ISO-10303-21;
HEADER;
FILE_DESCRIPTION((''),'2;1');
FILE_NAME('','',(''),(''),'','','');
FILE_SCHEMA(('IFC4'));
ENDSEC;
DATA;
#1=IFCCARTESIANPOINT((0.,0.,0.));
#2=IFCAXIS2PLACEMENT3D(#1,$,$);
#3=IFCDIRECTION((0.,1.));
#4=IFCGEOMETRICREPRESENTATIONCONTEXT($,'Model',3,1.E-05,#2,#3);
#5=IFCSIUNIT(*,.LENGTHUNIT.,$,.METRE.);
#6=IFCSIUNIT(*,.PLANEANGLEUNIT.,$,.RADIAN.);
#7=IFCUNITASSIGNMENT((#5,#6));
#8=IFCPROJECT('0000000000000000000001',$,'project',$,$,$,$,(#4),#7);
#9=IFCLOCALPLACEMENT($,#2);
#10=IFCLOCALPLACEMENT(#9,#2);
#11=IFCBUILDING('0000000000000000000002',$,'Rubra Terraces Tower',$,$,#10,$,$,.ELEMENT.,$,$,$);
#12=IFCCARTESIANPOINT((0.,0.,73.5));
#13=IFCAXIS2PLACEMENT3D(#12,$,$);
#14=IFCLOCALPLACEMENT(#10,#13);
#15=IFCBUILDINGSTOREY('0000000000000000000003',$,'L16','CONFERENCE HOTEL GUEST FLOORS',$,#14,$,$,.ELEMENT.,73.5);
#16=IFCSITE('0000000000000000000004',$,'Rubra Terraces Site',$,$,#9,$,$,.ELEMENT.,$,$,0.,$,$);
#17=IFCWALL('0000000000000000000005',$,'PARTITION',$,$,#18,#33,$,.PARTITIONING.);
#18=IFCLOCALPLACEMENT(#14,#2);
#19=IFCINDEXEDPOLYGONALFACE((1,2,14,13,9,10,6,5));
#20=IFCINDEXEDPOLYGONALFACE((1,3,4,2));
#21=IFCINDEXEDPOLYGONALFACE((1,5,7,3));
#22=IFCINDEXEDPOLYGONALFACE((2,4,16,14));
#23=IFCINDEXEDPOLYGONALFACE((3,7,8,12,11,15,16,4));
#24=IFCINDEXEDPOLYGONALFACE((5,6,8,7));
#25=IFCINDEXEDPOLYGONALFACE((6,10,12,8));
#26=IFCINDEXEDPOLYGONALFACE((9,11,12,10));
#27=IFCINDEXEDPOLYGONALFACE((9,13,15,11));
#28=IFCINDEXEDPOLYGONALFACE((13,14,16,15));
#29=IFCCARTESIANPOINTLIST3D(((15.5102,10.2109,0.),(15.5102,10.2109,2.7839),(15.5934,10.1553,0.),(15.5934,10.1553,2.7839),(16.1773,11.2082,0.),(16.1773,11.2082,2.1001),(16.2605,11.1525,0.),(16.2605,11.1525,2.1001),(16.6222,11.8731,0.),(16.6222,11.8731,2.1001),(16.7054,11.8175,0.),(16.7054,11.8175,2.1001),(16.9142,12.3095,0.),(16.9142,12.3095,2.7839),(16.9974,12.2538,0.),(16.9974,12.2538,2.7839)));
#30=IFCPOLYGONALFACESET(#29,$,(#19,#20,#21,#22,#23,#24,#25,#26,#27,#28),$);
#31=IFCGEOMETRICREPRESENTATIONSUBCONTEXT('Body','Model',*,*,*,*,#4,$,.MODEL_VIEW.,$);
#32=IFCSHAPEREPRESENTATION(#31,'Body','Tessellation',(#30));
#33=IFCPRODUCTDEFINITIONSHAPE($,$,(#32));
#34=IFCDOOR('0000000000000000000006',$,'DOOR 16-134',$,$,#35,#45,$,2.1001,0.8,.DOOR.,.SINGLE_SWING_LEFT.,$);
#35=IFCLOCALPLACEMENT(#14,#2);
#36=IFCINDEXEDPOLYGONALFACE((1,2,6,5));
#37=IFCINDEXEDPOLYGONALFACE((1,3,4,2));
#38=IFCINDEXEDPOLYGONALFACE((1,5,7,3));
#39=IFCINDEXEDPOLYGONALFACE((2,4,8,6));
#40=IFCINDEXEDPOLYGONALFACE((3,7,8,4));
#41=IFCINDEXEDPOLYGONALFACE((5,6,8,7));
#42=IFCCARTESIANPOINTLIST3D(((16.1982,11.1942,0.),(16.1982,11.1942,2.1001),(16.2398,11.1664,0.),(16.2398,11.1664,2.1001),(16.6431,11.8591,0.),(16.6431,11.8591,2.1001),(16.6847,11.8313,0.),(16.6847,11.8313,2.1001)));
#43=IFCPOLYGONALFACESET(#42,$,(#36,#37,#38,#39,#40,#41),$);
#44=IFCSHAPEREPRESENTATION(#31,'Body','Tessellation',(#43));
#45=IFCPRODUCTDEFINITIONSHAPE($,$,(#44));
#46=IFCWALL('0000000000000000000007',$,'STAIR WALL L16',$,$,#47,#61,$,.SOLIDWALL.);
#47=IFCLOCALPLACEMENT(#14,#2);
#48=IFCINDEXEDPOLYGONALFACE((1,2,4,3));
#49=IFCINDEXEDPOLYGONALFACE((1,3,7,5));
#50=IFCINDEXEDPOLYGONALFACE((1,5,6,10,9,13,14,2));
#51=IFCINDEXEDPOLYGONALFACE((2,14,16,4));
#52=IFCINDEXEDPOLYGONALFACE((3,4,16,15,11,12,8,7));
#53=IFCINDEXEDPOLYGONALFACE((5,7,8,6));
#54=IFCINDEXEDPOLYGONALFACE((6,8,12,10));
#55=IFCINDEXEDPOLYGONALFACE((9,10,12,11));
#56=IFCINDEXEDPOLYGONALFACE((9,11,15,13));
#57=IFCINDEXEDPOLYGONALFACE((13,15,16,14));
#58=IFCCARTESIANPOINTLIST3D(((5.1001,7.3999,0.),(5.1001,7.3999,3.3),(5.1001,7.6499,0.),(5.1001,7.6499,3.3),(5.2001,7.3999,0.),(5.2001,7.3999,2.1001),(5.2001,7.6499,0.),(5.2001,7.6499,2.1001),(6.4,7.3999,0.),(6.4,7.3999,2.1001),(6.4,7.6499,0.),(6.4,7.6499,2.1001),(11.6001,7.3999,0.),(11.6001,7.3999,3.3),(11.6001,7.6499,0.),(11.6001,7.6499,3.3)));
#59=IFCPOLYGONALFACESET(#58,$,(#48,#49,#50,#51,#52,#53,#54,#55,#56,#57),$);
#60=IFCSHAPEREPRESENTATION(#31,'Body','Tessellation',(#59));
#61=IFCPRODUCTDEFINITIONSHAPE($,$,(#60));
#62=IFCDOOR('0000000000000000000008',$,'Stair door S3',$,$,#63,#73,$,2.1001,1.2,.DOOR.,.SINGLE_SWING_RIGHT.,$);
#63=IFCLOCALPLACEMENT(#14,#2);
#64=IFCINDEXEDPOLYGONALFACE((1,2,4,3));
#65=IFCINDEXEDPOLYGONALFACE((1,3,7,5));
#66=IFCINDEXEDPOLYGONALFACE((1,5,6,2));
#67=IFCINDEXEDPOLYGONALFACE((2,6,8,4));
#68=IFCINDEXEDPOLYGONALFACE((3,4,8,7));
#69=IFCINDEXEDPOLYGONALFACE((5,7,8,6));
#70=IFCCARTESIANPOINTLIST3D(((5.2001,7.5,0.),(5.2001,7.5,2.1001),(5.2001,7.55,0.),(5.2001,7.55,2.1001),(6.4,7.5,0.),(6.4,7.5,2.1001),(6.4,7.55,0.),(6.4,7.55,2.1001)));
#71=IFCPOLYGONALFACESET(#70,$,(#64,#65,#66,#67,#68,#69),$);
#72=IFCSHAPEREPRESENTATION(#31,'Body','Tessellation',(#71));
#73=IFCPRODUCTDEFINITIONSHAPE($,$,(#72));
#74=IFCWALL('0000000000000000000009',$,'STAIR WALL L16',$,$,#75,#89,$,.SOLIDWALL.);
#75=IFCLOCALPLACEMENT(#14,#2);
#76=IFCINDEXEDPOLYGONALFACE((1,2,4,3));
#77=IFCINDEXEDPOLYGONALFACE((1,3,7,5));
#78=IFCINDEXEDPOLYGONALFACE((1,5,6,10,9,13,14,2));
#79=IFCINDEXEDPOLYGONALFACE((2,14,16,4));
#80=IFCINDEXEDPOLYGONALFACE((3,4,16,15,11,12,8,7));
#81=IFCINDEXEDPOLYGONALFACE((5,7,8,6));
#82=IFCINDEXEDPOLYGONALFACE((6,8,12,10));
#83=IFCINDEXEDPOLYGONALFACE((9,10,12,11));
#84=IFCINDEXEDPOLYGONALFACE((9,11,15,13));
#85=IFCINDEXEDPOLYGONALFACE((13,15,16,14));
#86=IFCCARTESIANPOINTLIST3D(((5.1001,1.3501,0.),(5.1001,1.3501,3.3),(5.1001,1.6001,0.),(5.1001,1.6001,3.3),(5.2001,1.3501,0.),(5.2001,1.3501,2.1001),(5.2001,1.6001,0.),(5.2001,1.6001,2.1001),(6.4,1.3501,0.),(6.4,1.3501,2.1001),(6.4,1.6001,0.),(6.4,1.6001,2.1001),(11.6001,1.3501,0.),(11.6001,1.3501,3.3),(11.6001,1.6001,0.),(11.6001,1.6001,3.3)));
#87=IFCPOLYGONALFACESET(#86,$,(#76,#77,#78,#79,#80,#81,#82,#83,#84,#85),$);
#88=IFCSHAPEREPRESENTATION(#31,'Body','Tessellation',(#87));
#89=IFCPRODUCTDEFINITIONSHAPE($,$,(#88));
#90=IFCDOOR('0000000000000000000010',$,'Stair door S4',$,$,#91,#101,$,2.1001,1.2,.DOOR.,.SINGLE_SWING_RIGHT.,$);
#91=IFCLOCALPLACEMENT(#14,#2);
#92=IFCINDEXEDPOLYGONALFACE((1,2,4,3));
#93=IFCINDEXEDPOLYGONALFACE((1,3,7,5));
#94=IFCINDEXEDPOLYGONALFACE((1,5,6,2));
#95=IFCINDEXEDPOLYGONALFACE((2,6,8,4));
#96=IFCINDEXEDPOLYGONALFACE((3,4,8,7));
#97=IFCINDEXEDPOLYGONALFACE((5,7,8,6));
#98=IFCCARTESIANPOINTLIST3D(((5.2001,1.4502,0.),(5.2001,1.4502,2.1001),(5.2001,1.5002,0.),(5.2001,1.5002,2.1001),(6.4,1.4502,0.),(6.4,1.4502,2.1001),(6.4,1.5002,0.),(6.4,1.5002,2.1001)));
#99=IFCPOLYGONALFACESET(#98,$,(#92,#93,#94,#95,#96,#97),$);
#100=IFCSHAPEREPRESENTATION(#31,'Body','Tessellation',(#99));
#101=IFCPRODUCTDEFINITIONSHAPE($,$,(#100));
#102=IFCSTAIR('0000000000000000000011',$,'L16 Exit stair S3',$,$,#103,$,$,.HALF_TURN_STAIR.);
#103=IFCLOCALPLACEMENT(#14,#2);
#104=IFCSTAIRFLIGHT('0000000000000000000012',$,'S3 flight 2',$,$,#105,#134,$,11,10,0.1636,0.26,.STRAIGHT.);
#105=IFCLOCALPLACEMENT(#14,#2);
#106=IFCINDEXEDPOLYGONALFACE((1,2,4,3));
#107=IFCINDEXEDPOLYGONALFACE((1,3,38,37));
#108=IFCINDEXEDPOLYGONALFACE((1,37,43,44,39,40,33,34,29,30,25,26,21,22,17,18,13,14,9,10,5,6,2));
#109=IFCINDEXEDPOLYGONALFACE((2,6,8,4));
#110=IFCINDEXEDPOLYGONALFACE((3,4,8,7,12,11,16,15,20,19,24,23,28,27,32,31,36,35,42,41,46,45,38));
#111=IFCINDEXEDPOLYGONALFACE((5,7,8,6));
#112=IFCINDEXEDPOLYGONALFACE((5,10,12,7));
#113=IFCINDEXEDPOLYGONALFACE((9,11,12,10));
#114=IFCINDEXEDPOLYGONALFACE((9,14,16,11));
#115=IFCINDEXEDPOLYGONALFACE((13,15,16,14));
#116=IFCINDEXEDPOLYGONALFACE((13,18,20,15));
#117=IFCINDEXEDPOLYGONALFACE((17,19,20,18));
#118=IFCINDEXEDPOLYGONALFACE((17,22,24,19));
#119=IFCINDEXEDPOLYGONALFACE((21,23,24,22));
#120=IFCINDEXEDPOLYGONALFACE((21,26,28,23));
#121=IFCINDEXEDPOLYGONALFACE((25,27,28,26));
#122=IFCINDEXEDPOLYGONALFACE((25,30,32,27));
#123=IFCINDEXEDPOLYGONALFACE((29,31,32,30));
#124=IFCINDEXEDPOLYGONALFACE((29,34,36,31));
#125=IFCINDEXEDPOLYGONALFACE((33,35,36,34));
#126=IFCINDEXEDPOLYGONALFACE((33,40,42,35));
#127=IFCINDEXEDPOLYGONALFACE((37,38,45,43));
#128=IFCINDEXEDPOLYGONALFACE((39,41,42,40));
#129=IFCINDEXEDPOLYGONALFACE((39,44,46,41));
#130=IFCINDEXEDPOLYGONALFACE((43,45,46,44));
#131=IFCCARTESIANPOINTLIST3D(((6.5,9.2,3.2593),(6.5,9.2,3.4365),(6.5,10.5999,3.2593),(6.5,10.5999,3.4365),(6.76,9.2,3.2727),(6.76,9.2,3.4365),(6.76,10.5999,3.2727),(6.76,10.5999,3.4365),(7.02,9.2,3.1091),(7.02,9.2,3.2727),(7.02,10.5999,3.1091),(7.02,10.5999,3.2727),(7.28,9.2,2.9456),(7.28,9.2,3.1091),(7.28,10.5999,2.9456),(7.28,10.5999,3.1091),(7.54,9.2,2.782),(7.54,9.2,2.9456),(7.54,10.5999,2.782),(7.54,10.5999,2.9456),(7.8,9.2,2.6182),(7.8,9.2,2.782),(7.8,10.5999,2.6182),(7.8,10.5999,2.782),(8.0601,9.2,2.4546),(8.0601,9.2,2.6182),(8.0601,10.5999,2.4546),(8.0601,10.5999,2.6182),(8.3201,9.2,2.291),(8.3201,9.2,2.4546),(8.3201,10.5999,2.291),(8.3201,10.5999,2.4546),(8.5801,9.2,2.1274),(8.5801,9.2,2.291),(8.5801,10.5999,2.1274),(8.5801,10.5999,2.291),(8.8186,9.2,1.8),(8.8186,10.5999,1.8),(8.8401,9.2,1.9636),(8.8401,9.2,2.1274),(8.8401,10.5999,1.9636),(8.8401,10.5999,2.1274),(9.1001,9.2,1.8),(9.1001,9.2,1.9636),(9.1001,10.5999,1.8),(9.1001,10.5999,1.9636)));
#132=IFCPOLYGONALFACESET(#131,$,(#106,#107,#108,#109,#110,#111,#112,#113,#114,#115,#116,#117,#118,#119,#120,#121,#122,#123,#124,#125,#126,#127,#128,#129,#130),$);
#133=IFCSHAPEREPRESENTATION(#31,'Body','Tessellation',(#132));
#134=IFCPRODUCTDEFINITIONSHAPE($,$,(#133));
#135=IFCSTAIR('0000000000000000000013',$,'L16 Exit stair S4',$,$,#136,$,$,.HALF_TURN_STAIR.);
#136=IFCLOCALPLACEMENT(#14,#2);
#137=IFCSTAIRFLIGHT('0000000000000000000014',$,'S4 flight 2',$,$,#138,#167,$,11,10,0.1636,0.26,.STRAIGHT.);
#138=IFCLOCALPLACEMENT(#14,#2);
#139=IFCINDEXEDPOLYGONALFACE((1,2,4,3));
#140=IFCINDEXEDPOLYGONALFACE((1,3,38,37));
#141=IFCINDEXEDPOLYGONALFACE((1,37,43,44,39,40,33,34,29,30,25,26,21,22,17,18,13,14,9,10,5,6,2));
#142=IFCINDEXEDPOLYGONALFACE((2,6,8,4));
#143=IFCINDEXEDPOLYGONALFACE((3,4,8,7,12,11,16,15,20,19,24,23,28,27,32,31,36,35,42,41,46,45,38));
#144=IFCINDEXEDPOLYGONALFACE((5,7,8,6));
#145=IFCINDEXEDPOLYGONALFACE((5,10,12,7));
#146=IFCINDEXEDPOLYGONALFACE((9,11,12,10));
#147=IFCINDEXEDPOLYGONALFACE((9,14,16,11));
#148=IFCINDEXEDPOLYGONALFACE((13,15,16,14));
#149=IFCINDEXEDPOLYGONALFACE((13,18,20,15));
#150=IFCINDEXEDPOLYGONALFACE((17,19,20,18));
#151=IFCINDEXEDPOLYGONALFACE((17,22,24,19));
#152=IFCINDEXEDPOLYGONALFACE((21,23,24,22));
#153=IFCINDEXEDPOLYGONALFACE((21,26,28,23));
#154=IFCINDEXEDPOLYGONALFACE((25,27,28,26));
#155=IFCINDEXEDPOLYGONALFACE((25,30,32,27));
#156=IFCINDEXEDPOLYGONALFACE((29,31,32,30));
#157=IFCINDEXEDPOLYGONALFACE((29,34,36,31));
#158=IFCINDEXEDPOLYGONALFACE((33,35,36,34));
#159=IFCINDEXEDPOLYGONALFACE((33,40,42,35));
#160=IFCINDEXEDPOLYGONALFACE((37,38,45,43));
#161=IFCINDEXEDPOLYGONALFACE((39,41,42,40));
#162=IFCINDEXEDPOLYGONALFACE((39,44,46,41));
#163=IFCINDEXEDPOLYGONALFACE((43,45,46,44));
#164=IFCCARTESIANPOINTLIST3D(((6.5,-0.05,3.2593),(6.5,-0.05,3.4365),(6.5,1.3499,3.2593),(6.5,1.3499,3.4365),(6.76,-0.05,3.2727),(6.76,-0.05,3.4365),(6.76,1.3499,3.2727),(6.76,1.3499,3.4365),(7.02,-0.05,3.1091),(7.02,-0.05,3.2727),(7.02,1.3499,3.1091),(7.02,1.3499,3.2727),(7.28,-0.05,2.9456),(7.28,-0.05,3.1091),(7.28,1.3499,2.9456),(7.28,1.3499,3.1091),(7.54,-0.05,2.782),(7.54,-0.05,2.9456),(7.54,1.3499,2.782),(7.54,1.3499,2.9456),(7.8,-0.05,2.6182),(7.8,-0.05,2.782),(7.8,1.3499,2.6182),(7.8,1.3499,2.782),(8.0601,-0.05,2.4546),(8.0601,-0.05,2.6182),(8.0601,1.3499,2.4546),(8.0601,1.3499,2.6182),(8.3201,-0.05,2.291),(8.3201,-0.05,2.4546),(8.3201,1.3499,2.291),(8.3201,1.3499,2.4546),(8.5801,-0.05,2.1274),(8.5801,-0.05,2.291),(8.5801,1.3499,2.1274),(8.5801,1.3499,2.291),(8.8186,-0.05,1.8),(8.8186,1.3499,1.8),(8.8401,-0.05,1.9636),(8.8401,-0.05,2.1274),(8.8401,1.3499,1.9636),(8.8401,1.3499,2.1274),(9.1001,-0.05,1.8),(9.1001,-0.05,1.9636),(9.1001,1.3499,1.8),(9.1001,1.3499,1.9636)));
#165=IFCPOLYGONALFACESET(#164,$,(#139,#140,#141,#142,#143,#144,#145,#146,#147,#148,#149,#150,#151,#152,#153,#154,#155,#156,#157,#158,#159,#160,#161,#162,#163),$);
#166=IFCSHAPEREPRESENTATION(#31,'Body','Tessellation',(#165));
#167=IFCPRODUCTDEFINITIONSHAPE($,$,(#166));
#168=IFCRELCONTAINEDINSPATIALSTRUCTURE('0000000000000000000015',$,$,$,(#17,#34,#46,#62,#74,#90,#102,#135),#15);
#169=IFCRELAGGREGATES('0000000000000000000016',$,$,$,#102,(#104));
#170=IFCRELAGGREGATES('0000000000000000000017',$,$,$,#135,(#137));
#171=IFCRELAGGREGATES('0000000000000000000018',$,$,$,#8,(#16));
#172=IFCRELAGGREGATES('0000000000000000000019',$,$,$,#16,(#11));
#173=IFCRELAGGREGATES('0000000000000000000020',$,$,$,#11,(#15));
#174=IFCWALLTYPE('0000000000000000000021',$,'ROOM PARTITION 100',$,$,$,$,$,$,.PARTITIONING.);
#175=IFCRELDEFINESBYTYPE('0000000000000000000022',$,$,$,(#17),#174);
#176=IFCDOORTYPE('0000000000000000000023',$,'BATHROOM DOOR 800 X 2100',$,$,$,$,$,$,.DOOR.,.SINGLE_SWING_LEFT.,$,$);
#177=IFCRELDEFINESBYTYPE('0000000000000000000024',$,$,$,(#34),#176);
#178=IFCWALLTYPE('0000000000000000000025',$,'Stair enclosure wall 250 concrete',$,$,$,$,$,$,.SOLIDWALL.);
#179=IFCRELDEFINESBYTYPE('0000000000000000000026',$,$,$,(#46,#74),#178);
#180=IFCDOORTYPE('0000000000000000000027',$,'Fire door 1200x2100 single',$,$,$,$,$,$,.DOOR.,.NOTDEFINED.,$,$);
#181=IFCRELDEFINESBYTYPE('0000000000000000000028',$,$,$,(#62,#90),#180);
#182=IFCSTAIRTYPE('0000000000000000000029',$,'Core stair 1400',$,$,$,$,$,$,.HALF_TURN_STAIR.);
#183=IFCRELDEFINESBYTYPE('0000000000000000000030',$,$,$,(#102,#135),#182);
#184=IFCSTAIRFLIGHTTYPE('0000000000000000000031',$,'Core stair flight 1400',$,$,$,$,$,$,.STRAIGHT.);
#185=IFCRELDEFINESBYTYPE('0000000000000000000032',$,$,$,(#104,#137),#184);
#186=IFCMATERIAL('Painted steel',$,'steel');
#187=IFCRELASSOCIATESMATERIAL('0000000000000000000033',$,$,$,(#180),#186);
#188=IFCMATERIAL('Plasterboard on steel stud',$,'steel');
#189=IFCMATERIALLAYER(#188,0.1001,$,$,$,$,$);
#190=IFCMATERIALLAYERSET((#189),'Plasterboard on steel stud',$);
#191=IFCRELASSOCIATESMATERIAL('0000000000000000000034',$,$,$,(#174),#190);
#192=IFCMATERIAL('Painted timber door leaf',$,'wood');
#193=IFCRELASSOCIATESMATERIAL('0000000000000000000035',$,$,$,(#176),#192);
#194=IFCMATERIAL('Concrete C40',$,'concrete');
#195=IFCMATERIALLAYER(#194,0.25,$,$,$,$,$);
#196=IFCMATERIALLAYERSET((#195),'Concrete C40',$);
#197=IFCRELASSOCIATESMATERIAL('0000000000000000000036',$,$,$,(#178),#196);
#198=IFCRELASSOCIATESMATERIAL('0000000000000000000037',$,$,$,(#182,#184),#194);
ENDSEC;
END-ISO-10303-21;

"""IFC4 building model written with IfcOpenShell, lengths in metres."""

from ifc_helpers import new_model, si_unit, direction, frame, frame_2d, origin, place, context, subcontext, project, spatial, polyline, rectangle, outline, extrude, material, layer, layer_set, type_object, element, fill, aggregate, save


model = new_model("IFC4")

# Units and contexts
model_context = context("Model", 3, precision=1e-05, world=origin(), true_north=direction((0.0, 1.0)))
body_context = subcontext(model_context, "Body", "Model", "MODEL_VIEW")
ifc_project = project(units=[si_unit("LENGTHUNIT", "METRE"), si_unit("PLANEANGLEUNIT", "RADIAN")], contexts=[model_context])

# Site, building, storey
site_placement = place(None, origin())
site = spatial("IfcSite", under=ifc_project, at=site_placement, Name="Rubra Terraces Site", CompositionType="ELEMENT", RefElevation=0.0)
building_placement = place(site_placement, origin())
building = spatial("IfcBuilding", under=site, at=building_placement, Name="Rubra Terraces Tower", CompositionType="ELEMENT")
storey_placement = place(building_placement, frame((0.0, 0.0, 73.5)))
storey = spatial("IfcBuildingStorey", under=building, at=storey_placement, Name="L16", Description="CONFERENCE HOTEL GUEST FLOORS", CompositionType="ELEMENT", Elevation=73.5)

# Shared definitions
ifc_material_1 = material(Name="Painted timber door leaf", Category="wood")

# Shared definitions
ifc_material_2 = material(Name="Painted steel", Category="steel")
door_type_1 = type_object("IfcDoorType", Name="Fire door 1200x2100 single", OperationType="NOTDEFINED", PredefinedType="DOOR", material=ifc_material_2)

# Walls, openings, doors
ifc_material_3 = material(Name="Plasterboard on steel stud", Category="steel")
ifc_layer_1 = layer(ifc_material_3, 0.1001)
ifc_layer_set_1 = layer_set([ifc_layer_1], Name="Plasterboard on steel stud")
wall_type_1 = type_object("IfcWallType", Name="ROOM PARTITION 100", PredefinedType="PARTITIONING", material=ifc_layer_set_1)
wall_1_placement = place(storey_placement, frame((15.5518, 10.1831, 0.0), z_axis=(0.0, 0.0, 1.0), x_axis=(0.556061, 0.831142, 0.0)))
wall_1 = element("IfcWall", 1, at=wall_1_placement, inside=storey, type_object=wall_type_1, Name="PARTITION", PredefinedType="PARTITIONING", context=body_context, shape_type="SweptSolid", body=[
    extrude(rectangle(XDim=2.5249, YDim=0.1001, at=frame_2d((1.2625, 0.0))), origin(), (0.0, 0.0, 1.0), 2.7839),
])
opening_1_placement = place(wall_1_placement, frame((1.2, 0.0, 0.0)))
opening_1 = element("IfcOpeningElement", 2, at=opening_1_placement, cuts=wall_1, PredefinedType="OPENING", context=body_context, shape_type="SweptSolid", body=[
    extrude(rectangle(XDim=0.8, YDim=2.1001, at=frame_2d((0.3999, 1.05))), frame((0.0, 0.0601, 0.0), z_axis=(0.0, -1.0, 0.0), x_axis=(1.0, 0.0, 0.0)), (0.0, 0.0, 1.0), 0.1201),
])
door_type_2 = type_object("IfcDoorType", Name="BATHROOM DOOR 800 X 2100", OperationType="SINGLE_SWING_LEFT", PredefinedType="DOOR", material=ifc_material_1)
door_1_placement = place(opening_1_placement, origin())
door_1 = element("IfcDoor", 3, at=door_1_placement, inside=storey, type_object=door_type_2, Name="DOOR 16-134", OperationType="SINGLE_SWING_LEFT", OverallHeight=2.1001, OverallWidth=0.8, PredefinedType="DOOR", context=body_context, shape_type="SweptSolid", body=[
    extrude(rectangle(XDim=0.8, YDim=2.1001, at=frame_2d((0.3999, 1.05))), frame((0.0, 0.0249, 0.0), z_axis=(0.0, -1.0, 0.0), x_axis=(1.0, 0.0, 0.0)), (0.0, 0.0, 1.0), 0.05),
])
fill(opening_1, door_1)
ifc_material_4 = material(Name="Concrete C40", Category="concrete")
ifc_layer_2 = layer(ifc_material_4, 0.25)
ifc_layer_set_2 = layer_set([ifc_layer_2], Name="Concrete C40")
wall_type_2 = type_object("IfcWallType", Name="Stair enclosure wall 250 concrete", PredefinedType="SOLIDWALL", material=ifc_layer_set_2)
wall_2_placement = place(storey_placement, frame((11.6001, 7.5249, 0.0), z_axis=(0.0, 0.0, 1.0), x_axis=(-1.0, 0.0, 0.0)))
wall_2 = element("IfcWall", 4, at=wall_2_placement, inside=storey, type_object=wall_type_2, Name="STAIR WALL L16", PredefinedType="SOLIDWALL", context=body_context, shape_type="SweptSolid", body=[
    extrude(rectangle(XDim=6.5, YDim=0.25, at=frame_2d((3.25, 0.0))), origin(), (0.0, 0.0, 1.0), 3.3),
])
opening_2_placement = place(wall_2_placement, frame((5.2, 0.0, 0.0)))
opening_2 = element("IfcOpeningElement", 5, at=opening_2_placement, cuts=wall_2, PredefinedType="OPENING", context=body_context, shape_type="SweptSolid", body=[
    extrude(rectangle(XDim=1.2, YDim=2.1001, at=frame_2d((0.6001, 1.05))), frame((0.0, 0.135, 0.0), z_axis=(0.0, -1.0, 0.0), x_axis=(1.0, 0.0, 0.0)), (0.0, 0.0, 1.0), 0.27),
])
door_2_placement = place(opening_2_placement, origin())
door_2 = element("IfcDoor", 6, at=door_2_placement, inside=storey, type_object=door_type_1, Name="Stair door S3", OperationType="SINGLE_SWING_RIGHT", OverallHeight=2.1001, OverallWidth=1.2, PredefinedType="DOOR", context=body_context, shape_type="SweptSolid", body=[
    extrude(rectangle(XDim=1.2, YDim=2.1001, at=frame_2d((0.6001, 1.05))), frame((0.0, 0.0249, 0.0), z_axis=(0.0, -1.0, 0.0), x_axis=(1.0, 0.0, 0.0)), (0.0, 0.0, 1.0), 0.05),
])
fill(opening_2, door_2)
wall_3_placement = place(storey_placement, frame((11.6001, 1.4751, 0.0), z_axis=(0.0, 0.0, 1.0), x_axis=(-1.0, 0.0, 0.0)))
wall_3 = element("IfcWall", 7, at=wall_3_placement, inside=storey, type_object=wall_type_2, Name="STAIR WALL L16", PredefinedType="SOLIDWALL", context=body_context, shape_type="SweptSolid", body=[
    extrude(rectangle(XDim=6.5, YDim=0.25, at=frame_2d((3.25, 0.0))), origin(), (0.0, 0.0, 1.0), 3.3),
])
opening_3_placement = place(wall_3_placement, frame((5.2, 0.0, 0.0)))
opening_3 = element("IfcOpeningElement", 8, at=opening_3_placement, cuts=wall_3, PredefinedType="OPENING", context=body_context, shape_type="SweptSolid", body=[
    extrude(rectangle(XDim=1.2, YDim=2.1001, at=frame_2d((0.6001, 1.05))), frame((0.0, 0.135, 0.0), z_axis=(0.0, -1.0, 0.0), x_axis=(1.0, 0.0, 0.0)), (0.0, 0.0, 1.0), 0.27),
])
door_3_placement = place(opening_3_placement, origin())
door_3 = element("IfcDoor", 9, at=door_3_placement, inside=storey, type_object=door_type_1, Name="Stair door S4", OperationType="SINGLE_SWING_RIGHT", OverallHeight=2.1001, OverallWidth=1.2, PredefinedType="DOOR", context=body_context, shape_type="SweptSolid", body=[
    extrude(rectangle(XDim=1.2, YDim=2.1001, at=frame_2d((0.6001, 1.05))), frame((0.0, 0.0249, 0.0), z_axis=(0.0, -1.0, 0.0), x_axis=(1.0, 0.0, 0.0)), (0.0, 0.0, 1.0), 0.05),
])
fill(opening_3, door_3)

# Stairs, stair flights
stair_type = type_object("IfcStairType", Name="Core stair 1400", PredefinedType="HALF_TURN_STAIR", material=ifc_material_4)
stair_1_placement = place(storey_placement, origin())
stair_1 = element("IfcStair", 10, at=stair_1_placement, inside=storey, type_object=stair_type, Name="L16 Exit stair S3", PredefinedType="HALF_TURN_STAIR")
stair_flight_type = type_object("IfcStairFlightType", Name="Core stair flight 1400", PredefinedType="STRAIGHT", material=ifc_material_4)
stair_flight_1_placement = place(storey_placement, frame((9.1001, 9.8999, 1.8), z_axis=(0.0, 0.0, 1.0), x_axis=(-1.0, 0.0, 0.0)))
stair_flight_1 = element("IfcStairFlight", 11, at=stair_flight_1_placement, type_object=stair_flight_type, Name="S3 flight 2", NumberOfRisers=11, NumberOfTreads=10, PredefinedType="STRAIGHT", RiserHeight=0.1636, TreadLength=0.26, context=body_context, shape_type="SweptSolid", body=[
    extrude(outline(polyline([(0.0, 0.0), (0.0, 0.1636), (0.26, 0.1636), (0.26, 0.3274), (0.52, 0.3274), (0.52, 0.491), (0.78, 0.491), (0.78, 0.6545), (1.04, 0.6545), (1.04, 0.8181), (1.3, 0.8181), (1.3, 0.9819), (1.5601, 0.9819), (1.5601, 1.1455), (1.8201, 1.1455), (1.8201, 1.3091), (2.0801, 1.3091), (2.0801, 1.4727), (2.3401, 1.4727), (2.3401, 1.6365), (2.6001, 1.6365), (2.6001, 1.8), (2.6001, 1.4592), (0.2815, 0.0), (0.0, 0.0)])), frame((0.0, 0.7, 0.0), z_axis=(0.0, -1.0, 0.0), x_axis=(1.0, 0.0, 0.0)), (0.0, 0.0, 1.0), 1.3999),
])
aggregate(stair_1, [stair_flight_1])
stair_2_placement = place(storey_placement, origin())
stair_2 = element("IfcStair", 12, at=stair_2_placement, inside=storey, type_object=stair_type, Name="L16 Exit stair S4", PredefinedType="HALF_TURN_STAIR")
stair_flight_2_placement = place(storey_placement, frame((9.1001, 0.6499, 1.8), z_axis=(0.0, 0.0, 1.0), x_axis=(-1.0, 0.0, 0.0)))
stair_flight_2 = element("IfcStairFlight", 13, at=stair_flight_2_placement, type_object=stair_flight_type, Name="S4 flight 2", NumberOfRisers=11, NumberOfTreads=10, PredefinedType="STRAIGHT", RiserHeight=0.1636, TreadLength=0.26, context=body_context, shape_type="SweptSolid", body=[
    extrude(outline(polyline([(0.0, 0.0), (0.0, 0.1636), (0.26, 0.1636), (0.26, 0.3274), (0.52, 0.3274), (0.52, 0.491), (0.78, 0.491), (0.78, 0.6545), (1.04, 0.6545), (1.04, 0.8181), (1.3, 0.8181), (1.3, 0.9819), (1.5601, 0.9819), (1.5601, 1.1455), (1.8201, 1.1455), (1.8201, 1.3091), (2.0801, 1.3091), (2.0801, 1.4727), (2.3401, 1.4727), (2.3401, 1.6365), (2.6001, 1.6365), (2.6001, 1.8), (2.6001, 1.4592), (0.2815, 0.0), (0.0, 0.0)])), frame((0.0, 0.7, 0.0), z_axis=(0.0, -1.0, 0.0), x_axis=(1.0, 0.0, 0.0)), (0.0, 0.0, 1.0), 1.3999),
])
aggregate(stair_2, [stair_flight_2])

save(model, "model.ifc")
